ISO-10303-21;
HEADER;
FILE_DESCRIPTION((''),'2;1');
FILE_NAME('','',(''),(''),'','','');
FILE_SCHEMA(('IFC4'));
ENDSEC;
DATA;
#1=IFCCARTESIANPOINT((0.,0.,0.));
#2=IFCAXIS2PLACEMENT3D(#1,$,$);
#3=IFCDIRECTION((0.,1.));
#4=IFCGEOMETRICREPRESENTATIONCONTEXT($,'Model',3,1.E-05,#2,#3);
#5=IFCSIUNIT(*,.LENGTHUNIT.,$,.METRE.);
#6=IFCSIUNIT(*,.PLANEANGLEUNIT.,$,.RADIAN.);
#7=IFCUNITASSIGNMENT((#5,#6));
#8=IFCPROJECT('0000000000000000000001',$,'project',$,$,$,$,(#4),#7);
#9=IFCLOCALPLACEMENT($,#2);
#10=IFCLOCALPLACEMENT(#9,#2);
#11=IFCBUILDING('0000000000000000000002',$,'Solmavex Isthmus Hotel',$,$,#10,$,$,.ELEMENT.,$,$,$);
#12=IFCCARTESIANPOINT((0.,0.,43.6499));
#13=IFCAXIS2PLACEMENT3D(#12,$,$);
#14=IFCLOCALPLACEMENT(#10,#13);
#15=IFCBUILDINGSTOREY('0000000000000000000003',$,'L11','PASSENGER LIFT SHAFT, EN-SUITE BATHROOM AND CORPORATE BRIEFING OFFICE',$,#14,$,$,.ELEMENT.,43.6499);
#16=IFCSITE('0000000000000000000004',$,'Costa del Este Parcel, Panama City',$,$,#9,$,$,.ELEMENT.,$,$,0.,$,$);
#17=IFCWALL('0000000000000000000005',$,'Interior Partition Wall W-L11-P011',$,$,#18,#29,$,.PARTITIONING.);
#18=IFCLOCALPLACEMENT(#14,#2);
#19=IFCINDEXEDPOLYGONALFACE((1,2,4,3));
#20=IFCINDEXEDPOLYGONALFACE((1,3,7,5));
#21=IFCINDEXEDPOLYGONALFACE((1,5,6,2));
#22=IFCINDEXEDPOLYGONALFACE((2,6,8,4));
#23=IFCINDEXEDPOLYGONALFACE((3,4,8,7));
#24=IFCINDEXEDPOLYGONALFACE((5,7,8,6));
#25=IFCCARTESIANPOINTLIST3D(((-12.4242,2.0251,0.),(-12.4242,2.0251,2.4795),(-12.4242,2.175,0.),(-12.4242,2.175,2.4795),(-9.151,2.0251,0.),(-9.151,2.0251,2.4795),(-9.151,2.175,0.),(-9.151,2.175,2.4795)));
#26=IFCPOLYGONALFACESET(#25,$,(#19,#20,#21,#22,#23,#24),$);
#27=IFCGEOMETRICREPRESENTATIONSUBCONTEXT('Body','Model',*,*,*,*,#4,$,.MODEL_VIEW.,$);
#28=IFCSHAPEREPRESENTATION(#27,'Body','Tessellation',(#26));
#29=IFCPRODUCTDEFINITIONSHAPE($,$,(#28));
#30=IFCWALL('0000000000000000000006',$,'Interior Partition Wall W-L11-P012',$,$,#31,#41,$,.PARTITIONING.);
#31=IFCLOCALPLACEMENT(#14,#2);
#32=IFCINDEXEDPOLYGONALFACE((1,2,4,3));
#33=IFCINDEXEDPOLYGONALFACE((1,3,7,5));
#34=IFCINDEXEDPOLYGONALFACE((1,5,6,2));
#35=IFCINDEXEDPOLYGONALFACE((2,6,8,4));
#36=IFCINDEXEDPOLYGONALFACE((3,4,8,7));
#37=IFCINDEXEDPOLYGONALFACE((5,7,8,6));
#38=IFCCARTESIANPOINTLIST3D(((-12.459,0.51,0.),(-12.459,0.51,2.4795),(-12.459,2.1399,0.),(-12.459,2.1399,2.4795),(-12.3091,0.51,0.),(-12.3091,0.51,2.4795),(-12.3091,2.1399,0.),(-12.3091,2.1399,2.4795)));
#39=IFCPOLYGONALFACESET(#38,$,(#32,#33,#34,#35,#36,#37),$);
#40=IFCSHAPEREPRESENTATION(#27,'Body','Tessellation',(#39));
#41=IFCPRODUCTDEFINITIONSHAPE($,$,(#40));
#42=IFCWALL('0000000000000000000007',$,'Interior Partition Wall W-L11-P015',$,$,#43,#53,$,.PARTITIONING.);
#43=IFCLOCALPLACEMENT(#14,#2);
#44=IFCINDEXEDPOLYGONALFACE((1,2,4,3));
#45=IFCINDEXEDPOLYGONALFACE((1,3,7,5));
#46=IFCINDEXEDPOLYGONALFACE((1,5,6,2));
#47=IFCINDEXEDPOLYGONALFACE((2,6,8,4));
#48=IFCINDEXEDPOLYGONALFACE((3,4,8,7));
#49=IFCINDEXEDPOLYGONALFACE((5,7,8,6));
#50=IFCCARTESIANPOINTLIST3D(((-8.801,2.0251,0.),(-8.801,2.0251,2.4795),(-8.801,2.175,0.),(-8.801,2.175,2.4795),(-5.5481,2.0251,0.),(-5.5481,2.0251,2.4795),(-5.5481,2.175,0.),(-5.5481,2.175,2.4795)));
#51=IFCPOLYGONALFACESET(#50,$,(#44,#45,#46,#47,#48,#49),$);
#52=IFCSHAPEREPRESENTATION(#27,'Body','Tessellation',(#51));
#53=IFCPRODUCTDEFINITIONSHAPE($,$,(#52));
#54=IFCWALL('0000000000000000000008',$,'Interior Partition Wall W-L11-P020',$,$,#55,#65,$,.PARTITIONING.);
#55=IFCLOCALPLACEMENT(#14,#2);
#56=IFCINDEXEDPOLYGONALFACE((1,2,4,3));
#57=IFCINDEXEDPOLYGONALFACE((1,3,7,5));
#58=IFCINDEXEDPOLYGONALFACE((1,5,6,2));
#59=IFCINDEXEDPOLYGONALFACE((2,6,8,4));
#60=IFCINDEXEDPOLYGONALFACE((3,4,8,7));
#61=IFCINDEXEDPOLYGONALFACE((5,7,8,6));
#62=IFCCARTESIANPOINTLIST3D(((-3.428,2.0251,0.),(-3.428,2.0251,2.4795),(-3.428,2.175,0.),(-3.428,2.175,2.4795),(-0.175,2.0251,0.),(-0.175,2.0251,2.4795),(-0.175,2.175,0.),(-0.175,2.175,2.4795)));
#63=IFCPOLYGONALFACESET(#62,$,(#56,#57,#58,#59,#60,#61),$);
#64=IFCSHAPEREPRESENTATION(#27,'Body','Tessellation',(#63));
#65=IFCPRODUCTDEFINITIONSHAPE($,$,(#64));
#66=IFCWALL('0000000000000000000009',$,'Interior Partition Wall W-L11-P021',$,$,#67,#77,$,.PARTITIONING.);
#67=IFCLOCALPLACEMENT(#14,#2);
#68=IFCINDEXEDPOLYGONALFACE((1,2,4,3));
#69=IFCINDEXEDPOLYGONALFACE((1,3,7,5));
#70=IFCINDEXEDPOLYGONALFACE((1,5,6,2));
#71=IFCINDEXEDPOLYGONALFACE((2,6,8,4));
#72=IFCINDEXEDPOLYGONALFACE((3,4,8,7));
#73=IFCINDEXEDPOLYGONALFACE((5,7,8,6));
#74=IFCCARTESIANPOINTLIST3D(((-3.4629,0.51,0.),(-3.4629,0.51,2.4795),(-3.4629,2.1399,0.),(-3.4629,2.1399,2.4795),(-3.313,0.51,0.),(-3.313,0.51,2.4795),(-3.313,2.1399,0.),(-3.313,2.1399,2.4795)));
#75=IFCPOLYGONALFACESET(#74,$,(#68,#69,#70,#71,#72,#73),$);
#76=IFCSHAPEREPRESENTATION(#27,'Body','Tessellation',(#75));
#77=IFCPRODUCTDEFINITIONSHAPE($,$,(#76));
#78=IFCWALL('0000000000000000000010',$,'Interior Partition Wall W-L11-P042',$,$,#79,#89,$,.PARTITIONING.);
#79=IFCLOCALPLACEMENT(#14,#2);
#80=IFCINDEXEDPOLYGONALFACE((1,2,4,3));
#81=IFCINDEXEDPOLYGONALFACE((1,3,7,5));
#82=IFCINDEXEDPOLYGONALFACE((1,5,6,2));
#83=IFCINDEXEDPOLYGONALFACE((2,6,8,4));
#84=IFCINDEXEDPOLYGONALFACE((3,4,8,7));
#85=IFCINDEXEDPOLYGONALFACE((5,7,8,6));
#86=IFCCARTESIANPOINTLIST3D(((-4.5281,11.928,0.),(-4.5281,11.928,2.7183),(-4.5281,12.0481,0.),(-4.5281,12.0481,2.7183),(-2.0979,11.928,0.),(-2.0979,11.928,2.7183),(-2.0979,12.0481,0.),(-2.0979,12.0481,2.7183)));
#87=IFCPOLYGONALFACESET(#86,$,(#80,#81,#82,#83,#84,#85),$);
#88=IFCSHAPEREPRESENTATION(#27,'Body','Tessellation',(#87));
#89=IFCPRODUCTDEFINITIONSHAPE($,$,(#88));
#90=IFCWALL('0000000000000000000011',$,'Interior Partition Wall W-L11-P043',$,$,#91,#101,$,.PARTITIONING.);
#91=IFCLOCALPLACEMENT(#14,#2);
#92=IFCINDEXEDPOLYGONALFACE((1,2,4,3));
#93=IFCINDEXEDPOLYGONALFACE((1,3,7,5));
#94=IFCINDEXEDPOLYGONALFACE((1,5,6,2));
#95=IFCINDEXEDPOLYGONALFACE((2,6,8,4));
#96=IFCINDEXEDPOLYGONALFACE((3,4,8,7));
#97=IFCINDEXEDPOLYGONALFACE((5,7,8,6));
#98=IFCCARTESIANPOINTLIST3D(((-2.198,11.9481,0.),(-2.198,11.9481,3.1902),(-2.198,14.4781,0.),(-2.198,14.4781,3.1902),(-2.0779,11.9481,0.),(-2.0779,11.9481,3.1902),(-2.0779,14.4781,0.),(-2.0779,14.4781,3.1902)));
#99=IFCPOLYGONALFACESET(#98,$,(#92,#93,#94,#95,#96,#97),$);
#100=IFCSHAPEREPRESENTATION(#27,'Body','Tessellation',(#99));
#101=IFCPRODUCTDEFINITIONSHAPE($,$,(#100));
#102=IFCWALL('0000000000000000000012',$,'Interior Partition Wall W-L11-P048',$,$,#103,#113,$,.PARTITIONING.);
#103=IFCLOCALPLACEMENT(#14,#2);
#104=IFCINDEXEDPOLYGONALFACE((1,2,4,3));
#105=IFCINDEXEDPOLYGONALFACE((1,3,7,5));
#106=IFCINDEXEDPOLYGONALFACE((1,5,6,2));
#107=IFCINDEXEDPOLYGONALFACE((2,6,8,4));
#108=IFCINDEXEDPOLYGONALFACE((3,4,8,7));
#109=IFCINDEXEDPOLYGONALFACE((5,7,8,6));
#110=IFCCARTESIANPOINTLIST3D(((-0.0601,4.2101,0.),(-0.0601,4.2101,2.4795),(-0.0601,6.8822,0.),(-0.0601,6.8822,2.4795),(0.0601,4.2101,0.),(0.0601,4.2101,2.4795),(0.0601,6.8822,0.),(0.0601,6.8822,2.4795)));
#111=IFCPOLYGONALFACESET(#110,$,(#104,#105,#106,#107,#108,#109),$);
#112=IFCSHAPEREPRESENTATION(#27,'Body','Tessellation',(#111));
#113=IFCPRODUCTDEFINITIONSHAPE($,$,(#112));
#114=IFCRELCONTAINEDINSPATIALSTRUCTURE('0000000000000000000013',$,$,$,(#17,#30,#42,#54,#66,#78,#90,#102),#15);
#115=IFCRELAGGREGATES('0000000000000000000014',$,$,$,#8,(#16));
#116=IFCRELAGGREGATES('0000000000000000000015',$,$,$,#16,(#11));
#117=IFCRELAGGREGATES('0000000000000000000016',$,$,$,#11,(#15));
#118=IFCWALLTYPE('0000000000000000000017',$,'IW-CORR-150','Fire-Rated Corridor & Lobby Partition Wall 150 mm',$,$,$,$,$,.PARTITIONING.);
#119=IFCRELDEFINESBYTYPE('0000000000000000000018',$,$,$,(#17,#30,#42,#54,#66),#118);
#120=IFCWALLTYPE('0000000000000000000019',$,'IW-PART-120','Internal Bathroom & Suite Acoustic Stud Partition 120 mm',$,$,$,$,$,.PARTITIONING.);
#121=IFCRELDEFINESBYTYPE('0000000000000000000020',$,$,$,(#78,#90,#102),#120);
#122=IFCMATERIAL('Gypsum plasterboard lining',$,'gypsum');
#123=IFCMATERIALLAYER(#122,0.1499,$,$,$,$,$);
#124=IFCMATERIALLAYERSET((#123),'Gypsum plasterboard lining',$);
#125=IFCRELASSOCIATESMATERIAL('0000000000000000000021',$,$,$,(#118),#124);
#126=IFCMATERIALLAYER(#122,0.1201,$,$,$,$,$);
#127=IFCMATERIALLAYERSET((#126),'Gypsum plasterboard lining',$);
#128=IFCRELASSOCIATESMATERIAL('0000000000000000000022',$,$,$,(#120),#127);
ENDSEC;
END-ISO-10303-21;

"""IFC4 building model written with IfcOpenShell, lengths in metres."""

from ifc_helpers import new_model, si_unit, direction, frame, frame_2d, origin, place, context, subcontext, project, spatial, rectangle, extrude, material, layer, layer_set, type_object, element, save


model = new_model("IFC4")

# Units and contexts
model_context = context("Model", 3, precision=1e-05, world=origin(), true_north=direction((0.0, 1.0)))
body_context = subcontext(model_context, "Body", "Model", "MODEL_VIEW")
ifc_project = project(units=[si_unit("LENGTHUNIT", "METRE"), si_unit("PLANEANGLEUNIT", "RADIAN")], contexts=[model_context])

# Site, building, storey
site_placement = place(None, origin())
site = spatial("IfcSite", under=ifc_project, at=site_placement, Name="Costa del Este Parcel, Panama City", CompositionType="ELEMENT", RefElevation=0.0)
building_placement = place(site_placement, origin())
building = spatial("IfcBuilding", under=site, at=building_placement, Name="Solmavex Isthmus Hotel", CompositionType="ELEMENT")
storey_placement = place(building_placement, frame((0.0, 0.0, 43.6499)))
storey = spatial("IfcBuildingStorey", under=building, at=storey_placement, Name="L11", Description="PASSENGER LIFT SHAFT, EN-SUITE BATHROOM AND CORPORATE BRIEFING OFFICE", CompositionType="ELEMENT", Elevation=43.6499)

# Shared definitions
ifc_material_1 = material(Name="Gypsum plasterboard lining", Category="gypsum")

# Shared definitions
ifc_layer_1 = layer(ifc_material_1, 0.1499)
ifc_layer_set_1 = layer_set([ifc_layer_1], Name="Gypsum plasterboard lining")
wall_type_1 = type_object("IfcWallType", Name="IW-CORR-150", Description="Fire-Rated Corridor & Lobby Partition Wall 150 mm", PredefinedType="PARTITIONING", material=ifc_layer_set_1)

# Walls
wall_1_placement = place(storey_placement, frame((-9.1509, 2.1001, 0.0), z_axis=(0.0, 0.0, 1.0), x_axis=(-1.0, 0.0, 0.0)))
element("IfcWall", 1, at=wall_1_placement, inside=storey, type_object=wall_type_1, Name="Interior Partition Wall W-L11-P011", PredefinedType="PARTITIONING", context=body_context, shape_type="SweptSolid", body=[
    extrude(rectangle(XDim=3.2732, YDim=0.1499, at=frame_2d((1.6367, 0.0))), origin(), (0.0, 0.0, 1.0), 2.4795),
])
wall_2_placement = place(storey_placement, frame((-12.384, 2.1399, 0.0), z_axis=(0.0, 0.0, 1.0), x_axis=(0.0, -1.0, 0.0)))
element("IfcWall", 2, at=wall_2_placement, inside=storey, type_object=wall_type_1, Name="Interior Partition Wall W-L11-P012", PredefinedType="PARTITIONING", context=body_context, shape_type="SweptSolid", body=[
    extrude(rectangle(XDim=1.6299, YDim=0.1499, at=frame_2d((0.8149, 0.0))), origin(), (0.0, 0.0, 1.0), 2.4795),
])
for number, where, z_axis, x_axis, name in (
    (3, (-5.5481, 2.1001, 0.0), (0.0, 0.0, 1.0), (-1.0, 0.0, 0.0), "Interior Partition Wall W-L11-P015"),
    (4, (-0.175, 2.1001, 0.0), (0.0, 0.0, 1.0), (-1.0, 0.0, 0.0), "Interior Partition Wall W-L11-P020"),
):
    element("IfcWall", number, at=place(storey_placement, frame(where, z_axis=z_axis, x_axis=x_axis)), inside=storey, type_object=wall_type_1, Name=name, PredefinedType="PARTITIONING", context=body_context, shape_type="SweptSolid", body=[
        extrude(rectangle(XDim=3.2529, YDim=0.1499, at=frame_2d((1.6265, 0.0))), origin(), (0.0, 0.0, 1.0), 2.4795),
    ])
wall_3_placement = place(storey_placement, frame((-3.3879, 2.1399, 0.0), z_axis=(0.0, 0.0, 1.0), x_axis=(0.0, -1.0, 0.0)))
element("IfcWall", 5, at=wall_3_placement, inside=storey, type_object=wall_type_1, Name="Interior Partition Wall W-L11-P021", PredefinedType="PARTITIONING", context=body_context, shape_type="SweptSolid", body=[
    extrude(rectangle(XDim=1.6299, YDim=0.1499, at=frame_2d((0.8149, 0.0))), origin(), (0.0, 0.0, 1.0), 2.4795),
])
ifc_layer_2 = layer(ifc_material_1, 0.1201)
ifc_layer_set_2 = layer_set([ifc_layer_2], Name="Gypsum plasterboard lining")
wall_type_2 = type_object("IfcWallType", Name="IW-PART-120", Description="Internal Bathroom & Suite Acoustic Stud Partition 120 mm", PredefinedType="PARTITIONING", material=ifc_layer_set_2)
wall_4_placement = place(storey_placement, frame((-4.5281, 11.988, 0.0), z_axis=(0.0, 0.0, 1.0), x_axis=(1.0, 0.0, 0.0)))
element("IfcWall", 6, at=wall_4_placement, inside=storey, type_object=wall_type_2, Name="Interior Partition Wall W-L11-P042", PredefinedType="PARTITIONING", context=body_context, shape_type="SweptSolid", body=[
    extrude(rectangle(XDim=2.4302, YDim=0.1201, at=frame_2d((1.2151, 0.0))), origin(), (0.0, 0.0, 1.0), 2.7183),
])
wall_5_placement = place(storey_placement, frame((-2.1379, 11.948, 0.0), z_axis=(0.0, 0.0, 1.0), x_axis=(0.0, 1.0, 0.0)))
element("IfcWall", 7, at=wall_5_placement, inside=storey, type_object=wall_type_2, Name="Interior Partition Wall W-L11-P043", PredefinedType="PARTITIONING", context=body_context, shape_type="SweptSolid", body=[
    extrude(rectangle(XDim=2.53, YDim=0.1201, at=frame_2d((1.2651, 0.0))), origin(), (0.0, 0.0, 1.0), 3.1902),
])
wall_6_placement = place(storey_placement, frame((0.0, 6.8821, 0.0), z_axis=(0.0, 0.0, 1.0), x_axis=(0.0, -1.0, 0.0)))
element("IfcWall", 8, at=wall_6_placement, inside=storey, type_object=wall_type_2, Name="Interior Partition Wall W-L11-P048", PredefinedType="PARTITIONING", context=body_context, shape_type="SweptSolid", body=[
    extrude(rectangle(XDim=2.6721, YDim=0.1201, at=frame_2d((1.3359, 0.0))), origin(), (0.0, 0.0, 1.0), 2.4795),
])

save(model, "model.ifc")
